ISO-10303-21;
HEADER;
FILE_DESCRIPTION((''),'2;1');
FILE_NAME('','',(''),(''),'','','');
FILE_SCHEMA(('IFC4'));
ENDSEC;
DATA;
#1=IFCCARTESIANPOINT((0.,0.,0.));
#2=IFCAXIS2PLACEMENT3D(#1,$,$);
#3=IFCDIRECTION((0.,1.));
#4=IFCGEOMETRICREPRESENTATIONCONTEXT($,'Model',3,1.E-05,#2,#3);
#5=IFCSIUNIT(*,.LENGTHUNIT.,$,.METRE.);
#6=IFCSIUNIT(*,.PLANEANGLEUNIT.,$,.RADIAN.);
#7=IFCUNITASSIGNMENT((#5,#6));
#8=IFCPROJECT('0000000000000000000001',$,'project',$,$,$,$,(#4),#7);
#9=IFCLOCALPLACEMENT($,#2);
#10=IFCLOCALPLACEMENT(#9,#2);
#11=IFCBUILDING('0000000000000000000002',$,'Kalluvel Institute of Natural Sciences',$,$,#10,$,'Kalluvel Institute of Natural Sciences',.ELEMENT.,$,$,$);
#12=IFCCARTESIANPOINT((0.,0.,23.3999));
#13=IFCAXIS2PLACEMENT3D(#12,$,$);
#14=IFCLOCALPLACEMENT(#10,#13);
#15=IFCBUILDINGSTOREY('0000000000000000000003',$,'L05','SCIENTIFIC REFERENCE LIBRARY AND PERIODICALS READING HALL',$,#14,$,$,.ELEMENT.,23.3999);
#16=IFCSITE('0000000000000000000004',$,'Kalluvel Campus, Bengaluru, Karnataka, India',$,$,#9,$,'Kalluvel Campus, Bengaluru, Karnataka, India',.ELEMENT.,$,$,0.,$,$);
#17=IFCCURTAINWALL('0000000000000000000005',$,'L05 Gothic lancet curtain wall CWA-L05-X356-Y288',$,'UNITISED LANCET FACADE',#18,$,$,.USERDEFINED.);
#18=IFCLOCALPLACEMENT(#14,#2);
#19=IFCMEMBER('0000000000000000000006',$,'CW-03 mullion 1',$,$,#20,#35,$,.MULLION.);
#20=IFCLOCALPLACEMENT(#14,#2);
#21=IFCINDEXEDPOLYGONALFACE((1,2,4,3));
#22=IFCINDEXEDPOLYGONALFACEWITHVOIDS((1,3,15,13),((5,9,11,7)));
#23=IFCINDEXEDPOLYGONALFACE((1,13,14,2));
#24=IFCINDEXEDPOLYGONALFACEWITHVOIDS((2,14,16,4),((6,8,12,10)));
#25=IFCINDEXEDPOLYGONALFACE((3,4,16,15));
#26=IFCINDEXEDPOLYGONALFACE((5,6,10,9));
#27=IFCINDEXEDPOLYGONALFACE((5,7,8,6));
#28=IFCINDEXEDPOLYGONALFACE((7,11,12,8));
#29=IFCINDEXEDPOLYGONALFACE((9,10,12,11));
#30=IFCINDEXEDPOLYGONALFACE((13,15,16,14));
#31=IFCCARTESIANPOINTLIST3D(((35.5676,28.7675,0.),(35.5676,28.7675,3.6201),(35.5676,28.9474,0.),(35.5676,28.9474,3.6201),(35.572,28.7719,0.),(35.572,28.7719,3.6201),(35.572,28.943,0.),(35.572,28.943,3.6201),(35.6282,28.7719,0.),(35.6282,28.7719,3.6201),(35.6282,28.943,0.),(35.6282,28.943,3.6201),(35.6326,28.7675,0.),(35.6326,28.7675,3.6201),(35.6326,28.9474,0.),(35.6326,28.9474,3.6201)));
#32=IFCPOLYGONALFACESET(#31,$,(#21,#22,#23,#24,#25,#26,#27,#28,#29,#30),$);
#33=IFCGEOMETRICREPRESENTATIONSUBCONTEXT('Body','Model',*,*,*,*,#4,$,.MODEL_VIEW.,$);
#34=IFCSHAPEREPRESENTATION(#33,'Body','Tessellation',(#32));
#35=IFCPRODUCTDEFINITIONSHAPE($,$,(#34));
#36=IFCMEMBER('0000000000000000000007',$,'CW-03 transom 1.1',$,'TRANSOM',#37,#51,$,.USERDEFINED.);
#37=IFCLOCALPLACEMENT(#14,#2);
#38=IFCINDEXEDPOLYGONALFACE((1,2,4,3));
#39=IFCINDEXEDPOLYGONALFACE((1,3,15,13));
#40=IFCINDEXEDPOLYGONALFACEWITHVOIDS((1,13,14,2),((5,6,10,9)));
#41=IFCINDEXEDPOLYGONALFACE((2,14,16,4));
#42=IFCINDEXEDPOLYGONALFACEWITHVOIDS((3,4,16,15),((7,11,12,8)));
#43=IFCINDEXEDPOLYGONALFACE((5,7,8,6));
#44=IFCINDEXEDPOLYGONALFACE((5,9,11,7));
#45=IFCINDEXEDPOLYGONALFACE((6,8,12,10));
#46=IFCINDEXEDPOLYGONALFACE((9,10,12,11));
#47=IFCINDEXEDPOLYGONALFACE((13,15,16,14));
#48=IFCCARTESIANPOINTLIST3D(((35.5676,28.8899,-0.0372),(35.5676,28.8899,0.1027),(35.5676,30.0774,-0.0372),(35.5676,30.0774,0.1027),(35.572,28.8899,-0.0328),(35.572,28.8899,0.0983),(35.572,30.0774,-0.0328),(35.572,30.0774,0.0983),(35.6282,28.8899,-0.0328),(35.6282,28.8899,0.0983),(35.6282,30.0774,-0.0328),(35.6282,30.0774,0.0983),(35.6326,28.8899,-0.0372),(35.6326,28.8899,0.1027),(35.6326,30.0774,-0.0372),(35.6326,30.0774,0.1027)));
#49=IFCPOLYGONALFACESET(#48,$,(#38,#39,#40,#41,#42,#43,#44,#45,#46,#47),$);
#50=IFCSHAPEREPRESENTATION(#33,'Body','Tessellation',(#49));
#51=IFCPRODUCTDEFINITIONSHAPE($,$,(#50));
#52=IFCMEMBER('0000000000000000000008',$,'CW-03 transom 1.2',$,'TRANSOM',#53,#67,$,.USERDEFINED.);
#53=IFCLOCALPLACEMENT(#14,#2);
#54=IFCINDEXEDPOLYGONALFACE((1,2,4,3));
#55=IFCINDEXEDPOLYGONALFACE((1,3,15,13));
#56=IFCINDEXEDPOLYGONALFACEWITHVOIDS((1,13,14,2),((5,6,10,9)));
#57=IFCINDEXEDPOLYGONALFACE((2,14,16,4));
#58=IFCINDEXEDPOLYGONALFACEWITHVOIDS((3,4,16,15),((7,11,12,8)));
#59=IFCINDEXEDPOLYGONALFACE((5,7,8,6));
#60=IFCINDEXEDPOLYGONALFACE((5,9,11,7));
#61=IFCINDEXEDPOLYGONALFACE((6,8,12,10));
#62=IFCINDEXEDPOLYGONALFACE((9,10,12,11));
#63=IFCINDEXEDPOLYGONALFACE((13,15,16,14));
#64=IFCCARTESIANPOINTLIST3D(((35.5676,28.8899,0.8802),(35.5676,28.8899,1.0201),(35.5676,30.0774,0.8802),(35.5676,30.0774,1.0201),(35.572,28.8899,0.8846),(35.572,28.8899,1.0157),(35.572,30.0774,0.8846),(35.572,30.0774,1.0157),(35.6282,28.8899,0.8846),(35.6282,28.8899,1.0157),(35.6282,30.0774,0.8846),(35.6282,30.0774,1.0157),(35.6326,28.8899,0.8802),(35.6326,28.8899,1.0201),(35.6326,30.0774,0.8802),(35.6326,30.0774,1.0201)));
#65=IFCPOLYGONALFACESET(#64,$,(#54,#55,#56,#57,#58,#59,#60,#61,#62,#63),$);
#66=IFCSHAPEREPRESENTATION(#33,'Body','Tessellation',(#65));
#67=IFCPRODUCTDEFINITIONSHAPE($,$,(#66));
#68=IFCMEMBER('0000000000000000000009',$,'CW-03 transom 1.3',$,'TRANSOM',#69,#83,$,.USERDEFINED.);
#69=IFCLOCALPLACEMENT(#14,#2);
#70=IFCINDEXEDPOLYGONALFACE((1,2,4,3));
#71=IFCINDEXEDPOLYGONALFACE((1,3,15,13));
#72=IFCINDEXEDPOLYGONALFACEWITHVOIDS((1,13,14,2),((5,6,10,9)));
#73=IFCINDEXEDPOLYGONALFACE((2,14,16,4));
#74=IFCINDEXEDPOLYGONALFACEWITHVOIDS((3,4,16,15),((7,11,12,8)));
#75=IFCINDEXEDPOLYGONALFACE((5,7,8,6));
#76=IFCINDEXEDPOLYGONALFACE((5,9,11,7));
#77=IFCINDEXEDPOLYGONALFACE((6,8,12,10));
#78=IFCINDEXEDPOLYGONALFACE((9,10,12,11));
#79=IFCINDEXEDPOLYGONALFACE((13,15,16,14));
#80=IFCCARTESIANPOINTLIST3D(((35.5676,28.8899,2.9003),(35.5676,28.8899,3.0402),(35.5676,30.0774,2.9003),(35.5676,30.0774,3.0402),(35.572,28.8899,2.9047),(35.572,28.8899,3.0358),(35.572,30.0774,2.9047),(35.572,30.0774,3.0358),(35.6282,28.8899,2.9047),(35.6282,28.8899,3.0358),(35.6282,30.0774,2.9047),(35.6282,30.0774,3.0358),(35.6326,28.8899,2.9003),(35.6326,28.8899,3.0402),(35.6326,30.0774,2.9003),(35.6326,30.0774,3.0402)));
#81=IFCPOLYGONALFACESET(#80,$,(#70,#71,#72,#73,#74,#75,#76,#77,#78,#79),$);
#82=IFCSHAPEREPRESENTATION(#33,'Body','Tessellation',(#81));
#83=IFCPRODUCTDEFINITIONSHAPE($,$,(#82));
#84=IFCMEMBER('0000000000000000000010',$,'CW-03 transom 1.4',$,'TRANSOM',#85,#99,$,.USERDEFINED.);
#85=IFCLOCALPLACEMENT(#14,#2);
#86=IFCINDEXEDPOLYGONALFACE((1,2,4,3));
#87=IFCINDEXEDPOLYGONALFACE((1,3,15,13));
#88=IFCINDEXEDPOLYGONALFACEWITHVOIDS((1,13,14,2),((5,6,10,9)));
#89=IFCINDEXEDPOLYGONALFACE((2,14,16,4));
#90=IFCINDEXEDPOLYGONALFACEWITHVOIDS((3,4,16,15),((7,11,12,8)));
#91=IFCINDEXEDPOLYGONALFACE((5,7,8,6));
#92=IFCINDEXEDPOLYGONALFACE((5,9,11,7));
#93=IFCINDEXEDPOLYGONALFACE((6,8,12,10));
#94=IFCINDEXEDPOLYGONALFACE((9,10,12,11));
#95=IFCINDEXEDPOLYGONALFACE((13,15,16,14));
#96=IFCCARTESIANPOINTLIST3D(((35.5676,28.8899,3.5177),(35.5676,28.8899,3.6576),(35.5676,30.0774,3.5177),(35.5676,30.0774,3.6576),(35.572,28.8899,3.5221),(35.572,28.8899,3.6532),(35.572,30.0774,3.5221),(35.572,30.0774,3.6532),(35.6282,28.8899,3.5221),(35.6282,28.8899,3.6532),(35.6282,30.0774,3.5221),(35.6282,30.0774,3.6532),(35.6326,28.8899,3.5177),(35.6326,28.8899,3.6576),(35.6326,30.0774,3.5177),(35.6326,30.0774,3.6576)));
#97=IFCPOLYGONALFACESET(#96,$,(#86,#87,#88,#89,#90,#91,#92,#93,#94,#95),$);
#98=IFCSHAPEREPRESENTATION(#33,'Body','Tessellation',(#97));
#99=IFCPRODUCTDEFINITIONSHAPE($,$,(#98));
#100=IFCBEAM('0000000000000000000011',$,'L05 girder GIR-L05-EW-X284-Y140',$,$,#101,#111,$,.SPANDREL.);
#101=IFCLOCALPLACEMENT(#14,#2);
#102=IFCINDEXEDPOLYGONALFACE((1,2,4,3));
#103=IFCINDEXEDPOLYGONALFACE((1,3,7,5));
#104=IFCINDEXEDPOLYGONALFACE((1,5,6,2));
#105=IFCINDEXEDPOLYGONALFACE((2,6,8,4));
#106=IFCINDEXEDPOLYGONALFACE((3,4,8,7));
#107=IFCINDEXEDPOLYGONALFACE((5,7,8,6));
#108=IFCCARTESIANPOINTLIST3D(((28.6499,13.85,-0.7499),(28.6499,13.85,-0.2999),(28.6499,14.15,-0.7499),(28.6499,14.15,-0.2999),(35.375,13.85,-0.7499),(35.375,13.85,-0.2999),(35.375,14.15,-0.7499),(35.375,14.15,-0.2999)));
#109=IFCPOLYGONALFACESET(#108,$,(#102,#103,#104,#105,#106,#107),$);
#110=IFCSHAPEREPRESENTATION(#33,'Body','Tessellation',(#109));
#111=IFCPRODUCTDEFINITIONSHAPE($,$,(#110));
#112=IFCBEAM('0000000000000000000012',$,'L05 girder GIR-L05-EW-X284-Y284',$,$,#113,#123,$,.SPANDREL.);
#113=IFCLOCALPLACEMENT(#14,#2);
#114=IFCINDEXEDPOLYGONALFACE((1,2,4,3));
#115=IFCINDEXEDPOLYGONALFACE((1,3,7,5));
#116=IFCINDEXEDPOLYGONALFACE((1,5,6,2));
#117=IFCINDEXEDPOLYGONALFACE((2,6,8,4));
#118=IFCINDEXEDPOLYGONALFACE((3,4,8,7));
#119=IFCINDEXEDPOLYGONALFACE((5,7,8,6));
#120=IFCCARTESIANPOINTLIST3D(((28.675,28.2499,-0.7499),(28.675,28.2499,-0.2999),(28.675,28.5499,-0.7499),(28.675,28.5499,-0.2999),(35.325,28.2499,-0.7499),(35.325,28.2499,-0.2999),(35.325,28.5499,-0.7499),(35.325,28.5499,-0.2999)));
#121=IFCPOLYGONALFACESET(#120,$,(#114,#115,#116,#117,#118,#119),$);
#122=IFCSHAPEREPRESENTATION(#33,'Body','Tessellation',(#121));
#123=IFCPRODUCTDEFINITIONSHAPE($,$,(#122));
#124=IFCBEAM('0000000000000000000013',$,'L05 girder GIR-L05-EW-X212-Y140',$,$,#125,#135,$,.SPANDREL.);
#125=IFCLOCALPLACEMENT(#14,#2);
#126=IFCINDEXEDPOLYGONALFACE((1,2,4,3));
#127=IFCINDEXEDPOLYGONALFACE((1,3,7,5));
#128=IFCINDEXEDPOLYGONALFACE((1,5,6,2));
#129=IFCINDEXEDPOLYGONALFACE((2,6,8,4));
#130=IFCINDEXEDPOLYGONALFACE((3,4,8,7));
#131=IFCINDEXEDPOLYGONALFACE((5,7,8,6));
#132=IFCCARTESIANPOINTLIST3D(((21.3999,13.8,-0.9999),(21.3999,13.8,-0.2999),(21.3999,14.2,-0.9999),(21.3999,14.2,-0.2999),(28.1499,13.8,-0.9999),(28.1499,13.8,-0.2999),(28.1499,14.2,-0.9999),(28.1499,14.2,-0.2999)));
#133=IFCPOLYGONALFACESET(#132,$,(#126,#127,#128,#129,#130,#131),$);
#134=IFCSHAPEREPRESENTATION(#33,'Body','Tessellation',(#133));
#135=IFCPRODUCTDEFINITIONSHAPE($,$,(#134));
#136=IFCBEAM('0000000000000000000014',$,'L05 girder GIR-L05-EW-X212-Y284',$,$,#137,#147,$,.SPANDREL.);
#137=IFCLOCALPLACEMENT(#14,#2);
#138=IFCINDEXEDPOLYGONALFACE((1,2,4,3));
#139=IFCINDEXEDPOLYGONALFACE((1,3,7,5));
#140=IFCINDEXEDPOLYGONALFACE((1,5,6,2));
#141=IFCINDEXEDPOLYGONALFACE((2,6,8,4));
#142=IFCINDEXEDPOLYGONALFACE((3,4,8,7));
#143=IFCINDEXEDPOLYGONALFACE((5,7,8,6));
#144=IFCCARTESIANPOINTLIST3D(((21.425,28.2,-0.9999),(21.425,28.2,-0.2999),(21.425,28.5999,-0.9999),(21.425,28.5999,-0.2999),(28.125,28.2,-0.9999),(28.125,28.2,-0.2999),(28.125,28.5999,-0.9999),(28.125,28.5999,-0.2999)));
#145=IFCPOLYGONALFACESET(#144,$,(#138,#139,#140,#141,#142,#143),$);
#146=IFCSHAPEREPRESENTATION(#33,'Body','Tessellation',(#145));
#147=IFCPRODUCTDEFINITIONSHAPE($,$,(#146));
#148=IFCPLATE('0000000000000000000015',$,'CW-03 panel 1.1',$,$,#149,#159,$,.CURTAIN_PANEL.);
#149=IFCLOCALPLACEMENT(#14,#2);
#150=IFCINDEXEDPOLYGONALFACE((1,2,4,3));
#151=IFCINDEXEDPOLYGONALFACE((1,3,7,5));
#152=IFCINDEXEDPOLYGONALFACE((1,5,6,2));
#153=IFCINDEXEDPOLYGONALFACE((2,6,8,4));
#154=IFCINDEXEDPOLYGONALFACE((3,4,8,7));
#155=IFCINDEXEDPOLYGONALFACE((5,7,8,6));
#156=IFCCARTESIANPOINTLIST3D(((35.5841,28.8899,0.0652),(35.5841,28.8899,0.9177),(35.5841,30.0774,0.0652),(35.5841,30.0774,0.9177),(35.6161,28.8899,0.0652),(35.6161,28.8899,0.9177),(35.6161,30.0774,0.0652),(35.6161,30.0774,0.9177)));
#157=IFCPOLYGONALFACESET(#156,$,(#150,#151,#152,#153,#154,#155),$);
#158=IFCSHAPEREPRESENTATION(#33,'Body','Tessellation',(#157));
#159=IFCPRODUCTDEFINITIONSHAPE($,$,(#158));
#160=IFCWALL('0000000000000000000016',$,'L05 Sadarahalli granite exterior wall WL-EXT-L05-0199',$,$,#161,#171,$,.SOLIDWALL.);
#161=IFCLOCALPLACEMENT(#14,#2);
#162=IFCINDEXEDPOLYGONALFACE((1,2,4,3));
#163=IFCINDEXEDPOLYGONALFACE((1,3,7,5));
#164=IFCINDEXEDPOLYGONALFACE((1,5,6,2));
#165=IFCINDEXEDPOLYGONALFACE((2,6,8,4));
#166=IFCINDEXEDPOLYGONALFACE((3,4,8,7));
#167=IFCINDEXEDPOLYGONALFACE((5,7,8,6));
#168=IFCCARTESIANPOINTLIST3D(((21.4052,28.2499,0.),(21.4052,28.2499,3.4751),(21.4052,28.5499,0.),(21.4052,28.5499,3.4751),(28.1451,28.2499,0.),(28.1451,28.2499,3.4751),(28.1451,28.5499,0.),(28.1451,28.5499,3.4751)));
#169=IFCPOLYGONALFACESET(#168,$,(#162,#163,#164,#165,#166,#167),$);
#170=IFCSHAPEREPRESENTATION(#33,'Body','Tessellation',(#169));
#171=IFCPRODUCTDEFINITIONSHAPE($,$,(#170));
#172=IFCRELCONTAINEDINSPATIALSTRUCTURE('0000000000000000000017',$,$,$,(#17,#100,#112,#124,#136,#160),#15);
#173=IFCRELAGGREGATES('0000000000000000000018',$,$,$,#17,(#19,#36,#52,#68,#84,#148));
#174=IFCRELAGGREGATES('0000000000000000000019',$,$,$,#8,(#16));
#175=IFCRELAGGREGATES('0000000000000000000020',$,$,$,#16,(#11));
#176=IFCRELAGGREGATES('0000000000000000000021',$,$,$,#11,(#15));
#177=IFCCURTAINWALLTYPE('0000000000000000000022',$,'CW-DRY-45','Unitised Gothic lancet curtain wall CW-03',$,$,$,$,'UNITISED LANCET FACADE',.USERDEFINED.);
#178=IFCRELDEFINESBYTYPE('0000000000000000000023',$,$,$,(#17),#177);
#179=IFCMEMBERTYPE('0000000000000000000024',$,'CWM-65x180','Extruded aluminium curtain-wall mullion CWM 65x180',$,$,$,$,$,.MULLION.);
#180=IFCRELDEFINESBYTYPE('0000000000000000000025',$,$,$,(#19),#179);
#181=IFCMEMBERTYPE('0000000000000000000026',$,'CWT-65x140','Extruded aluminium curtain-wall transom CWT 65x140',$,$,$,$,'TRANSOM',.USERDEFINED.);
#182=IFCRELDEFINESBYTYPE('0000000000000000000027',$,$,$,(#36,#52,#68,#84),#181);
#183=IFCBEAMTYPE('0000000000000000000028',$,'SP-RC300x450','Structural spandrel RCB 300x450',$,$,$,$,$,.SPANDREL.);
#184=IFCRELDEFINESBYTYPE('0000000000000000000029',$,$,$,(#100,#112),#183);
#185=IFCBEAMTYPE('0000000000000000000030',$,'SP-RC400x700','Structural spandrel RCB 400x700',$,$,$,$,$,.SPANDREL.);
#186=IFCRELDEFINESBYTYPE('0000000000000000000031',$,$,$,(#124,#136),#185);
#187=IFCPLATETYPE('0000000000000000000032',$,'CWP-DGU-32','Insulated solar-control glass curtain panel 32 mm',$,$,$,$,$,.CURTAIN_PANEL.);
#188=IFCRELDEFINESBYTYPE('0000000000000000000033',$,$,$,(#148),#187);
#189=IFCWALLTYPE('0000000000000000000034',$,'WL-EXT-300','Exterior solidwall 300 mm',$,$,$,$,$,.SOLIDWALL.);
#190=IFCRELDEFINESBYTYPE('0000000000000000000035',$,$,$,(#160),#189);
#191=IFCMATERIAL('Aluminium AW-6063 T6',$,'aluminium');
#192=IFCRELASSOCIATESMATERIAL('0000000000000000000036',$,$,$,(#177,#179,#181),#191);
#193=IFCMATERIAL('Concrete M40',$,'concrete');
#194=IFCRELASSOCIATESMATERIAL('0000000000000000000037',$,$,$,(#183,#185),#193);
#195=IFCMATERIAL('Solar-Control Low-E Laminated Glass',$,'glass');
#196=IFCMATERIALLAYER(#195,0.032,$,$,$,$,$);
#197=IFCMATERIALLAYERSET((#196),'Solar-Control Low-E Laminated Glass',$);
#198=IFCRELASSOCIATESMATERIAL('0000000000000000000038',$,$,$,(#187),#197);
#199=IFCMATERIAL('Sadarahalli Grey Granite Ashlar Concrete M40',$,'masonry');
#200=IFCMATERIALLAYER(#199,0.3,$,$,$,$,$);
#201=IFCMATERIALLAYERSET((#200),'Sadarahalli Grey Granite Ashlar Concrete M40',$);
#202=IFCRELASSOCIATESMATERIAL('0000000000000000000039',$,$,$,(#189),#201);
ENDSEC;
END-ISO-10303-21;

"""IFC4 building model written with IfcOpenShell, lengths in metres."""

from ifc_helpers import new_model, si_unit, direction, frame, frame_2d, origin, origin_2d, place, context, subcontext, project, spatial, rectangle, hollow_rectangle, extrude, material, layer, layer_set, material_profile, profile_set, type_object, element, aggregate, save


model = new_model("IFC4")

# Units and contexts
model_context = context("Model", 3, precision=1e-05, world=origin(), true_north=direction((0.0, 1.0)))
body_context = subcontext(model_context, "Body", "Model", "MODEL_VIEW")
ifc_project = project(units=[si_unit("LENGTHUNIT", "METRE"), si_unit("PLANEANGLEUNIT", "RADIAN")], contexts=[model_context])

# Site, building, storey
site_placement = place(None, origin())
site = spatial("IfcSite", under=ifc_project, at=site_placement, Name="Kalluvel Campus, Bengaluru, Karnataka, India", LongName="Kalluvel Campus, Bengaluru, Karnataka, India", CompositionType="ELEMENT", RefElevation=0.0)
building_placement = place(site_placement, origin())
building = spatial("IfcBuilding", under=site, at=building_placement, Name="Kalluvel Institute of Natural Sciences", LongName="Kalluvel Institute of Natural Sciences", CompositionType="ELEMENT")
storey_placement = place(building_placement, frame((0.0, 0.0, 23.3999)))
storey = spatial("IfcBuildingStorey", under=building, at=storey_placement, Name="L05", Description="SCIENTIFIC REFERENCE LIBRARY AND PERIODICALS READING HALL", CompositionType="ELEMENT", Elevation=23.3999)

# Shared definitions
ifc_material_1 = material(Name="Concrete M40", Category="concrete")

# Curtain wall, members
ifc_material_2 = material(Name="Aluminium AW-6063 T6", Category="aluminium")
curtain_wall_type = type_object("IfcCurtainWallType", Name="CW-DRY-45", Description="Unitised Gothic lancet curtain wall CW-03", ElementType="UNITISED LANCET FACADE", PredefinedType="USERDEFINED", material=ifc_material_2)
curtain_wall_placement = place(storey_placement, origin())
curtain_wall = element("IfcCurtainWall", 1, at=curtain_wall_placement, inside=storey, type_object=curtain_wall_type, Name="L05 Gothic lancet curtain wall CWA-L05-X356-Y288", ObjectType="UNITISED LANCET FACADE", PredefinedType="USERDEFINED")
ifc_material_profile_1 = material_profile(ifc_material_2, hollow_rectangle(XDim=0.0649, YDim=0.1799, WallThickness=0.0044, at=origin_2d()), Name="CWM 65x180")
ifc_profile_set_1 = profile_set([ifc_material_profile_1], Name="Aluminium AW-6063 T6")
member_type_1 = type_object("IfcMemberType", Name="CWM-65x180", Description="Extruded aluminium curtain-wall mullion CWM 65x180", PredefinedType="MULLION", material=ifc_profile_set_1)
member_1_placement = place(storey_placement, frame((35.6001, 28.8574, 0.0), z_axis=(0.0, 0.0, 1.0), x_axis=(-1.0, 0.0, 0.0)))
member_1 = element("IfcMember", 2, at=member_1_placement, type_object=member_type_1, Name="CW-03 mullion 1", PredefinedType="MULLION", context=body_context, shape_type="SweptSolid", body=[
    extrude(hollow_rectangle(XDim=0.0649, YDim=0.1799, WallThickness=0.0044, at=origin_2d()), origin(), (0.0, 0.0, 1.0), 3.6201),
])
ifc_material_profile_2 = material_profile(ifc_material_2, hollow_rectangle(XDim=0.0649, YDim=0.1399, WallThickness=0.0044, at=origin_2d()), Name="CWT 65x140")
ifc_profile_set_2 = profile_set([ifc_material_profile_2], Name="Aluminium AW-6063 T6")
member_type_2 = type_object("IfcMemberType", Name="CWT-65x140", Description="Extruded aluminium curtain-wall transom CWT 65x140", ElementType="TRANSOM", PredefinedType="USERDEFINED", material=ifc_profile_set_2)
member_2_placement = place(storey_placement, frame((35.6001, 28.8899, 0.0327), z_axis=(0.0, 1.0, 0.0), x_axis=(-1.0, 0.0, 0.0)))
member_2 = element("IfcMember", 3, at=member_2_placement, type_object=member_type_2, Name="CW-03 transom 1.1", ObjectType="TRANSOM", PredefinedType="USERDEFINED", context=body_context, shape_type="SweptSolid", body=[
    extrude(hollow_rectangle(XDim=0.0649, YDim=0.1399, WallThickness=0.0044, at=origin_2d()), origin(), (0.0, 0.0, 1.0), 1.1875),
])
member_3_placement = place(storey_placement, frame((35.6001, 28.8899, 0.9502), z_axis=(0.0, 1.0, 0.0), x_axis=(-1.0, 0.0, 0.0)))
member_3 = element("IfcMember", 4, at=member_3_placement, type_object=member_type_2, Name="CW-03 transom 1.2", ObjectType="TRANSOM", PredefinedType="USERDEFINED", context=body_context, shape_type="SweptSolid", body=[
    extrude(hollow_rectangle(XDim=0.0649, YDim=0.1399, WallThickness=0.0044, at=origin_2d()), origin(), (0.0, 0.0, 1.0), 1.1875),
])
member_4_placement = place(storey_placement, frame((35.6001, 28.8899, 2.9702), z_axis=(0.0, 1.0, 0.0), x_axis=(-1.0, 0.0, 0.0)))
member_4 = element("IfcMember", 5, at=member_4_placement, type_object=member_type_2, Name="CW-03 transom 1.3", ObjectType="TRANSOM", PredefinedType="USERDEFINED", context=body_context, shape_type="SweptSolid", body=[
    extrude(hollow_rectangle(XDim=0.0649, YDim=0.1399, WallThickness=0.0044, at=origin_2d()), origin(), (0.0, 0.0, 1.0), 1.1875),
])
member_5_placement = place(storey_placement, frame((35.6001, 28.8899, 3.5876), z_axis=(0.0, 1.0, 0.0), x_axis=(-1.0, 0.0, 0.0)))
member_5 = element("IfcMember", 6, at=member_5_placement, type_object=member_type_2, Name="CW-03 transom 1.4", ObjectType="TRANSOM", PredefinedType="USERDEFINED", context=body_context, shape_type="SweptSolid", body=[
    extrude(hollow_rectangle(XDim=0.0649, YDim=0.1399, WallThickness=0.0044, at=origin_2d()), origin(), (0.0, 0.0, 1.0), 1.1875),
])

# Beams
ifc_material_profile_3 = material_profile(ifc_material_1, rectangle(XDim=0.3, YDim=0.45, at=origin_2d()), Name="RCB 300x450")
ifc_profile_set_3 = profile_set([ifc_material_profile_3], Name="Concrete M40")
beam_type_1 = type_object("IfcBeamType", Name="SP-RC300x450", Description="Structural spandrel RCB 300x450", PredefinedType="SPANDREL", material=ifc_profile_set_3)
beam_1_placement = place(storey_placement, frame((28.6499, 14.0, -0.5249), z_axis=(1.0, 0.0, 0.0), x_axis=(0.0, 1.0, 0.0)))
element("IfcBeam", 7, at=beam_1_placement, inside=storey, type_object=beam_type_1, Name="L05 girder GIR-L05-EW-X284-Y140", PredefinedType="SPANDREL", context=body_context, shape_type="SweptSolid", body=[
    extrude(rectangle(XDim=0.3, YDim=0.45, at=origin_2d()), origin(), (0.0, 0.0, 1.0), 6.7251),
])
beam_2_placement = place(storey_placement, frame((28.675, 28.3999, -0.5249), z_axis=(1.0, 0.0, 0.0), x_axis=(0.0, 1.0, 0.0)))
element("IfcBeam", 8, at=beam_2_placement, inside=storey, type_object=beam_type_1, Name="L05 girder GIR-L05-EW-X284-Y284", PredefinedType="SPANDREL", context=body_context, shape_type="SweptSolid", body=[
    extrude(rectangle(XDim=0.3, YDim=0.45, at=origin_2d()), origin(), (0.0, 0.0, 1.0), 6.6499),
])
ifc_material_profile_4 = material_profile(ifc_material_1, rectangle(XDim=0.3999, YDim=0.7, at=origin_2d()), Name="RCB 400x700")
ifc_profile_set_4 = profile_set([ifc_material_profile_4], Name="Concrete M40")
beam_type_2 = type_object("IfcBeamType", Name="SP-RC400x700", Description="Structural spandrel RCB 400x700", PredefinedType="SPANDREL", material=ifc_profile_set_4)
beam_3_placement = place(storey_placement, frame((21.3999, 14.0, -0.6499), z_axis=(1.0, 0.0, 0.0), x_axis=(0.0, 1.0, 0.0)))
element("IfcBeam", 9, at=beam_3_placement, inside=storey, type_object=beam_type_2, Name="L05 girder GIR-L05-EW-X212-Y140", PredefinedType="SPANDREL", context=body_context, shape_type="SweptSolid", body=[
    extrude(rectangle(XDim=0.3999, YDim=0.7, at=origin_2d()), origin(), (0.0, 0.0, 1.0), 6.75),
])
beam_4_placement = place(storey_placement, frame((21.425, 28.3999, -0.6499), z_axis=(1.0, 0.0, 0.0), x_axis=(0.0, 1.0, 0.0)))
element("IfcBeam", 10, at=beam_4_placement, inside=storey, type_object=beam_type_2, Name="L05 girder GIR-L05-EW-X212-Y284", PredefinedType="SPANDREL", context=body_context, shape_type="SweptSolid", body=[
    extrude(rectangle(XDim=0.3999, YDim=0.7, at=origin_2d()), origin(), (0.0, 0.0, 1.0), 6.7),
])

# Plate
ifc_material_3 = material(Name="Solar-Control Low-E Laminated Glass", Category="glass")
ifc_layer_1 = layer(ifc_material_3, 0.032)
ifc_layer_set_1 = layer_set([ifc_layer_1], Name="Solar-Control Low-E Laminated Glass")
plate_type = type_object("IfcPlateType", Name="CWP-DGU-32", Description="Insulated solar-control glass curtain panel 32 mm", PredefinedType="CURTAIN_PANEL", material=ifc_layer_set_1)
plate_placement = place(storey_placement, frame((35.6001, 29.4836, 0.0652), z_axis=(0.0, 0.0, 1.0), x_axis=(0.0, 1.0, 0.0)))
plate = element("IfcPlate", 11, at=plate_placement, type_object=plate_type, Name="CW-03 panel 1.1", PredefinedType="CURTAIN_PANEL", context=body_context, shape_type="SweptSolid", body=[
    extrude(rectangle(XDim=1.1875, YDim=0.032, at=origin_2d()), origin(), (0.0, 0.0, 1.0), 0.8525),
])
aggregate(curtain_wall, [member_1, member_2, member_3, member_4, member_5, plate])

# Wall
ifc_material_4 = material(Name="Sadarahalli Grey Granite Ashlar Concrete M40", Category="masonry")
ifc_layer_2 = layer(ifc_material_4, 0.3)
ifc_layer_set_2 = layer_set([ifc_layer_2], Name="Sadarahalli Grey Granite Ashlar Concrete M40")
wall_type_1 = type_object("IfcWallType", Name="WL-EXT-300", Description="Exterior solidwall 300 mm", PredefinedType="SOLIDWALL", material=ifc_layer_set_2)
wall_1_placement = place(storey_placement, frame((21.405, 28.3999, 0.0), z_axis=(0.0, 0.0, 1.0), x_axis=(1.0, 0.0, 0.0)))
element("IfcWall", 12, at=wall_1_placement, inside=storey, type_object=wall_type_1, Name="L05 Sadarahalli granite exterior wall WL-EXT-L05-0199", PredefinedType="SOLIDWALL", context=body_context, shape_type="SweptSolid", body=[
    extrude(rectangle(XDim=6.74, YDim=0.3, at=frame_2d((3.3701, 0.0))), origin(), (0.0, 0.0, 1.0), 3.4751),
])

save(model, "model.ifc")
